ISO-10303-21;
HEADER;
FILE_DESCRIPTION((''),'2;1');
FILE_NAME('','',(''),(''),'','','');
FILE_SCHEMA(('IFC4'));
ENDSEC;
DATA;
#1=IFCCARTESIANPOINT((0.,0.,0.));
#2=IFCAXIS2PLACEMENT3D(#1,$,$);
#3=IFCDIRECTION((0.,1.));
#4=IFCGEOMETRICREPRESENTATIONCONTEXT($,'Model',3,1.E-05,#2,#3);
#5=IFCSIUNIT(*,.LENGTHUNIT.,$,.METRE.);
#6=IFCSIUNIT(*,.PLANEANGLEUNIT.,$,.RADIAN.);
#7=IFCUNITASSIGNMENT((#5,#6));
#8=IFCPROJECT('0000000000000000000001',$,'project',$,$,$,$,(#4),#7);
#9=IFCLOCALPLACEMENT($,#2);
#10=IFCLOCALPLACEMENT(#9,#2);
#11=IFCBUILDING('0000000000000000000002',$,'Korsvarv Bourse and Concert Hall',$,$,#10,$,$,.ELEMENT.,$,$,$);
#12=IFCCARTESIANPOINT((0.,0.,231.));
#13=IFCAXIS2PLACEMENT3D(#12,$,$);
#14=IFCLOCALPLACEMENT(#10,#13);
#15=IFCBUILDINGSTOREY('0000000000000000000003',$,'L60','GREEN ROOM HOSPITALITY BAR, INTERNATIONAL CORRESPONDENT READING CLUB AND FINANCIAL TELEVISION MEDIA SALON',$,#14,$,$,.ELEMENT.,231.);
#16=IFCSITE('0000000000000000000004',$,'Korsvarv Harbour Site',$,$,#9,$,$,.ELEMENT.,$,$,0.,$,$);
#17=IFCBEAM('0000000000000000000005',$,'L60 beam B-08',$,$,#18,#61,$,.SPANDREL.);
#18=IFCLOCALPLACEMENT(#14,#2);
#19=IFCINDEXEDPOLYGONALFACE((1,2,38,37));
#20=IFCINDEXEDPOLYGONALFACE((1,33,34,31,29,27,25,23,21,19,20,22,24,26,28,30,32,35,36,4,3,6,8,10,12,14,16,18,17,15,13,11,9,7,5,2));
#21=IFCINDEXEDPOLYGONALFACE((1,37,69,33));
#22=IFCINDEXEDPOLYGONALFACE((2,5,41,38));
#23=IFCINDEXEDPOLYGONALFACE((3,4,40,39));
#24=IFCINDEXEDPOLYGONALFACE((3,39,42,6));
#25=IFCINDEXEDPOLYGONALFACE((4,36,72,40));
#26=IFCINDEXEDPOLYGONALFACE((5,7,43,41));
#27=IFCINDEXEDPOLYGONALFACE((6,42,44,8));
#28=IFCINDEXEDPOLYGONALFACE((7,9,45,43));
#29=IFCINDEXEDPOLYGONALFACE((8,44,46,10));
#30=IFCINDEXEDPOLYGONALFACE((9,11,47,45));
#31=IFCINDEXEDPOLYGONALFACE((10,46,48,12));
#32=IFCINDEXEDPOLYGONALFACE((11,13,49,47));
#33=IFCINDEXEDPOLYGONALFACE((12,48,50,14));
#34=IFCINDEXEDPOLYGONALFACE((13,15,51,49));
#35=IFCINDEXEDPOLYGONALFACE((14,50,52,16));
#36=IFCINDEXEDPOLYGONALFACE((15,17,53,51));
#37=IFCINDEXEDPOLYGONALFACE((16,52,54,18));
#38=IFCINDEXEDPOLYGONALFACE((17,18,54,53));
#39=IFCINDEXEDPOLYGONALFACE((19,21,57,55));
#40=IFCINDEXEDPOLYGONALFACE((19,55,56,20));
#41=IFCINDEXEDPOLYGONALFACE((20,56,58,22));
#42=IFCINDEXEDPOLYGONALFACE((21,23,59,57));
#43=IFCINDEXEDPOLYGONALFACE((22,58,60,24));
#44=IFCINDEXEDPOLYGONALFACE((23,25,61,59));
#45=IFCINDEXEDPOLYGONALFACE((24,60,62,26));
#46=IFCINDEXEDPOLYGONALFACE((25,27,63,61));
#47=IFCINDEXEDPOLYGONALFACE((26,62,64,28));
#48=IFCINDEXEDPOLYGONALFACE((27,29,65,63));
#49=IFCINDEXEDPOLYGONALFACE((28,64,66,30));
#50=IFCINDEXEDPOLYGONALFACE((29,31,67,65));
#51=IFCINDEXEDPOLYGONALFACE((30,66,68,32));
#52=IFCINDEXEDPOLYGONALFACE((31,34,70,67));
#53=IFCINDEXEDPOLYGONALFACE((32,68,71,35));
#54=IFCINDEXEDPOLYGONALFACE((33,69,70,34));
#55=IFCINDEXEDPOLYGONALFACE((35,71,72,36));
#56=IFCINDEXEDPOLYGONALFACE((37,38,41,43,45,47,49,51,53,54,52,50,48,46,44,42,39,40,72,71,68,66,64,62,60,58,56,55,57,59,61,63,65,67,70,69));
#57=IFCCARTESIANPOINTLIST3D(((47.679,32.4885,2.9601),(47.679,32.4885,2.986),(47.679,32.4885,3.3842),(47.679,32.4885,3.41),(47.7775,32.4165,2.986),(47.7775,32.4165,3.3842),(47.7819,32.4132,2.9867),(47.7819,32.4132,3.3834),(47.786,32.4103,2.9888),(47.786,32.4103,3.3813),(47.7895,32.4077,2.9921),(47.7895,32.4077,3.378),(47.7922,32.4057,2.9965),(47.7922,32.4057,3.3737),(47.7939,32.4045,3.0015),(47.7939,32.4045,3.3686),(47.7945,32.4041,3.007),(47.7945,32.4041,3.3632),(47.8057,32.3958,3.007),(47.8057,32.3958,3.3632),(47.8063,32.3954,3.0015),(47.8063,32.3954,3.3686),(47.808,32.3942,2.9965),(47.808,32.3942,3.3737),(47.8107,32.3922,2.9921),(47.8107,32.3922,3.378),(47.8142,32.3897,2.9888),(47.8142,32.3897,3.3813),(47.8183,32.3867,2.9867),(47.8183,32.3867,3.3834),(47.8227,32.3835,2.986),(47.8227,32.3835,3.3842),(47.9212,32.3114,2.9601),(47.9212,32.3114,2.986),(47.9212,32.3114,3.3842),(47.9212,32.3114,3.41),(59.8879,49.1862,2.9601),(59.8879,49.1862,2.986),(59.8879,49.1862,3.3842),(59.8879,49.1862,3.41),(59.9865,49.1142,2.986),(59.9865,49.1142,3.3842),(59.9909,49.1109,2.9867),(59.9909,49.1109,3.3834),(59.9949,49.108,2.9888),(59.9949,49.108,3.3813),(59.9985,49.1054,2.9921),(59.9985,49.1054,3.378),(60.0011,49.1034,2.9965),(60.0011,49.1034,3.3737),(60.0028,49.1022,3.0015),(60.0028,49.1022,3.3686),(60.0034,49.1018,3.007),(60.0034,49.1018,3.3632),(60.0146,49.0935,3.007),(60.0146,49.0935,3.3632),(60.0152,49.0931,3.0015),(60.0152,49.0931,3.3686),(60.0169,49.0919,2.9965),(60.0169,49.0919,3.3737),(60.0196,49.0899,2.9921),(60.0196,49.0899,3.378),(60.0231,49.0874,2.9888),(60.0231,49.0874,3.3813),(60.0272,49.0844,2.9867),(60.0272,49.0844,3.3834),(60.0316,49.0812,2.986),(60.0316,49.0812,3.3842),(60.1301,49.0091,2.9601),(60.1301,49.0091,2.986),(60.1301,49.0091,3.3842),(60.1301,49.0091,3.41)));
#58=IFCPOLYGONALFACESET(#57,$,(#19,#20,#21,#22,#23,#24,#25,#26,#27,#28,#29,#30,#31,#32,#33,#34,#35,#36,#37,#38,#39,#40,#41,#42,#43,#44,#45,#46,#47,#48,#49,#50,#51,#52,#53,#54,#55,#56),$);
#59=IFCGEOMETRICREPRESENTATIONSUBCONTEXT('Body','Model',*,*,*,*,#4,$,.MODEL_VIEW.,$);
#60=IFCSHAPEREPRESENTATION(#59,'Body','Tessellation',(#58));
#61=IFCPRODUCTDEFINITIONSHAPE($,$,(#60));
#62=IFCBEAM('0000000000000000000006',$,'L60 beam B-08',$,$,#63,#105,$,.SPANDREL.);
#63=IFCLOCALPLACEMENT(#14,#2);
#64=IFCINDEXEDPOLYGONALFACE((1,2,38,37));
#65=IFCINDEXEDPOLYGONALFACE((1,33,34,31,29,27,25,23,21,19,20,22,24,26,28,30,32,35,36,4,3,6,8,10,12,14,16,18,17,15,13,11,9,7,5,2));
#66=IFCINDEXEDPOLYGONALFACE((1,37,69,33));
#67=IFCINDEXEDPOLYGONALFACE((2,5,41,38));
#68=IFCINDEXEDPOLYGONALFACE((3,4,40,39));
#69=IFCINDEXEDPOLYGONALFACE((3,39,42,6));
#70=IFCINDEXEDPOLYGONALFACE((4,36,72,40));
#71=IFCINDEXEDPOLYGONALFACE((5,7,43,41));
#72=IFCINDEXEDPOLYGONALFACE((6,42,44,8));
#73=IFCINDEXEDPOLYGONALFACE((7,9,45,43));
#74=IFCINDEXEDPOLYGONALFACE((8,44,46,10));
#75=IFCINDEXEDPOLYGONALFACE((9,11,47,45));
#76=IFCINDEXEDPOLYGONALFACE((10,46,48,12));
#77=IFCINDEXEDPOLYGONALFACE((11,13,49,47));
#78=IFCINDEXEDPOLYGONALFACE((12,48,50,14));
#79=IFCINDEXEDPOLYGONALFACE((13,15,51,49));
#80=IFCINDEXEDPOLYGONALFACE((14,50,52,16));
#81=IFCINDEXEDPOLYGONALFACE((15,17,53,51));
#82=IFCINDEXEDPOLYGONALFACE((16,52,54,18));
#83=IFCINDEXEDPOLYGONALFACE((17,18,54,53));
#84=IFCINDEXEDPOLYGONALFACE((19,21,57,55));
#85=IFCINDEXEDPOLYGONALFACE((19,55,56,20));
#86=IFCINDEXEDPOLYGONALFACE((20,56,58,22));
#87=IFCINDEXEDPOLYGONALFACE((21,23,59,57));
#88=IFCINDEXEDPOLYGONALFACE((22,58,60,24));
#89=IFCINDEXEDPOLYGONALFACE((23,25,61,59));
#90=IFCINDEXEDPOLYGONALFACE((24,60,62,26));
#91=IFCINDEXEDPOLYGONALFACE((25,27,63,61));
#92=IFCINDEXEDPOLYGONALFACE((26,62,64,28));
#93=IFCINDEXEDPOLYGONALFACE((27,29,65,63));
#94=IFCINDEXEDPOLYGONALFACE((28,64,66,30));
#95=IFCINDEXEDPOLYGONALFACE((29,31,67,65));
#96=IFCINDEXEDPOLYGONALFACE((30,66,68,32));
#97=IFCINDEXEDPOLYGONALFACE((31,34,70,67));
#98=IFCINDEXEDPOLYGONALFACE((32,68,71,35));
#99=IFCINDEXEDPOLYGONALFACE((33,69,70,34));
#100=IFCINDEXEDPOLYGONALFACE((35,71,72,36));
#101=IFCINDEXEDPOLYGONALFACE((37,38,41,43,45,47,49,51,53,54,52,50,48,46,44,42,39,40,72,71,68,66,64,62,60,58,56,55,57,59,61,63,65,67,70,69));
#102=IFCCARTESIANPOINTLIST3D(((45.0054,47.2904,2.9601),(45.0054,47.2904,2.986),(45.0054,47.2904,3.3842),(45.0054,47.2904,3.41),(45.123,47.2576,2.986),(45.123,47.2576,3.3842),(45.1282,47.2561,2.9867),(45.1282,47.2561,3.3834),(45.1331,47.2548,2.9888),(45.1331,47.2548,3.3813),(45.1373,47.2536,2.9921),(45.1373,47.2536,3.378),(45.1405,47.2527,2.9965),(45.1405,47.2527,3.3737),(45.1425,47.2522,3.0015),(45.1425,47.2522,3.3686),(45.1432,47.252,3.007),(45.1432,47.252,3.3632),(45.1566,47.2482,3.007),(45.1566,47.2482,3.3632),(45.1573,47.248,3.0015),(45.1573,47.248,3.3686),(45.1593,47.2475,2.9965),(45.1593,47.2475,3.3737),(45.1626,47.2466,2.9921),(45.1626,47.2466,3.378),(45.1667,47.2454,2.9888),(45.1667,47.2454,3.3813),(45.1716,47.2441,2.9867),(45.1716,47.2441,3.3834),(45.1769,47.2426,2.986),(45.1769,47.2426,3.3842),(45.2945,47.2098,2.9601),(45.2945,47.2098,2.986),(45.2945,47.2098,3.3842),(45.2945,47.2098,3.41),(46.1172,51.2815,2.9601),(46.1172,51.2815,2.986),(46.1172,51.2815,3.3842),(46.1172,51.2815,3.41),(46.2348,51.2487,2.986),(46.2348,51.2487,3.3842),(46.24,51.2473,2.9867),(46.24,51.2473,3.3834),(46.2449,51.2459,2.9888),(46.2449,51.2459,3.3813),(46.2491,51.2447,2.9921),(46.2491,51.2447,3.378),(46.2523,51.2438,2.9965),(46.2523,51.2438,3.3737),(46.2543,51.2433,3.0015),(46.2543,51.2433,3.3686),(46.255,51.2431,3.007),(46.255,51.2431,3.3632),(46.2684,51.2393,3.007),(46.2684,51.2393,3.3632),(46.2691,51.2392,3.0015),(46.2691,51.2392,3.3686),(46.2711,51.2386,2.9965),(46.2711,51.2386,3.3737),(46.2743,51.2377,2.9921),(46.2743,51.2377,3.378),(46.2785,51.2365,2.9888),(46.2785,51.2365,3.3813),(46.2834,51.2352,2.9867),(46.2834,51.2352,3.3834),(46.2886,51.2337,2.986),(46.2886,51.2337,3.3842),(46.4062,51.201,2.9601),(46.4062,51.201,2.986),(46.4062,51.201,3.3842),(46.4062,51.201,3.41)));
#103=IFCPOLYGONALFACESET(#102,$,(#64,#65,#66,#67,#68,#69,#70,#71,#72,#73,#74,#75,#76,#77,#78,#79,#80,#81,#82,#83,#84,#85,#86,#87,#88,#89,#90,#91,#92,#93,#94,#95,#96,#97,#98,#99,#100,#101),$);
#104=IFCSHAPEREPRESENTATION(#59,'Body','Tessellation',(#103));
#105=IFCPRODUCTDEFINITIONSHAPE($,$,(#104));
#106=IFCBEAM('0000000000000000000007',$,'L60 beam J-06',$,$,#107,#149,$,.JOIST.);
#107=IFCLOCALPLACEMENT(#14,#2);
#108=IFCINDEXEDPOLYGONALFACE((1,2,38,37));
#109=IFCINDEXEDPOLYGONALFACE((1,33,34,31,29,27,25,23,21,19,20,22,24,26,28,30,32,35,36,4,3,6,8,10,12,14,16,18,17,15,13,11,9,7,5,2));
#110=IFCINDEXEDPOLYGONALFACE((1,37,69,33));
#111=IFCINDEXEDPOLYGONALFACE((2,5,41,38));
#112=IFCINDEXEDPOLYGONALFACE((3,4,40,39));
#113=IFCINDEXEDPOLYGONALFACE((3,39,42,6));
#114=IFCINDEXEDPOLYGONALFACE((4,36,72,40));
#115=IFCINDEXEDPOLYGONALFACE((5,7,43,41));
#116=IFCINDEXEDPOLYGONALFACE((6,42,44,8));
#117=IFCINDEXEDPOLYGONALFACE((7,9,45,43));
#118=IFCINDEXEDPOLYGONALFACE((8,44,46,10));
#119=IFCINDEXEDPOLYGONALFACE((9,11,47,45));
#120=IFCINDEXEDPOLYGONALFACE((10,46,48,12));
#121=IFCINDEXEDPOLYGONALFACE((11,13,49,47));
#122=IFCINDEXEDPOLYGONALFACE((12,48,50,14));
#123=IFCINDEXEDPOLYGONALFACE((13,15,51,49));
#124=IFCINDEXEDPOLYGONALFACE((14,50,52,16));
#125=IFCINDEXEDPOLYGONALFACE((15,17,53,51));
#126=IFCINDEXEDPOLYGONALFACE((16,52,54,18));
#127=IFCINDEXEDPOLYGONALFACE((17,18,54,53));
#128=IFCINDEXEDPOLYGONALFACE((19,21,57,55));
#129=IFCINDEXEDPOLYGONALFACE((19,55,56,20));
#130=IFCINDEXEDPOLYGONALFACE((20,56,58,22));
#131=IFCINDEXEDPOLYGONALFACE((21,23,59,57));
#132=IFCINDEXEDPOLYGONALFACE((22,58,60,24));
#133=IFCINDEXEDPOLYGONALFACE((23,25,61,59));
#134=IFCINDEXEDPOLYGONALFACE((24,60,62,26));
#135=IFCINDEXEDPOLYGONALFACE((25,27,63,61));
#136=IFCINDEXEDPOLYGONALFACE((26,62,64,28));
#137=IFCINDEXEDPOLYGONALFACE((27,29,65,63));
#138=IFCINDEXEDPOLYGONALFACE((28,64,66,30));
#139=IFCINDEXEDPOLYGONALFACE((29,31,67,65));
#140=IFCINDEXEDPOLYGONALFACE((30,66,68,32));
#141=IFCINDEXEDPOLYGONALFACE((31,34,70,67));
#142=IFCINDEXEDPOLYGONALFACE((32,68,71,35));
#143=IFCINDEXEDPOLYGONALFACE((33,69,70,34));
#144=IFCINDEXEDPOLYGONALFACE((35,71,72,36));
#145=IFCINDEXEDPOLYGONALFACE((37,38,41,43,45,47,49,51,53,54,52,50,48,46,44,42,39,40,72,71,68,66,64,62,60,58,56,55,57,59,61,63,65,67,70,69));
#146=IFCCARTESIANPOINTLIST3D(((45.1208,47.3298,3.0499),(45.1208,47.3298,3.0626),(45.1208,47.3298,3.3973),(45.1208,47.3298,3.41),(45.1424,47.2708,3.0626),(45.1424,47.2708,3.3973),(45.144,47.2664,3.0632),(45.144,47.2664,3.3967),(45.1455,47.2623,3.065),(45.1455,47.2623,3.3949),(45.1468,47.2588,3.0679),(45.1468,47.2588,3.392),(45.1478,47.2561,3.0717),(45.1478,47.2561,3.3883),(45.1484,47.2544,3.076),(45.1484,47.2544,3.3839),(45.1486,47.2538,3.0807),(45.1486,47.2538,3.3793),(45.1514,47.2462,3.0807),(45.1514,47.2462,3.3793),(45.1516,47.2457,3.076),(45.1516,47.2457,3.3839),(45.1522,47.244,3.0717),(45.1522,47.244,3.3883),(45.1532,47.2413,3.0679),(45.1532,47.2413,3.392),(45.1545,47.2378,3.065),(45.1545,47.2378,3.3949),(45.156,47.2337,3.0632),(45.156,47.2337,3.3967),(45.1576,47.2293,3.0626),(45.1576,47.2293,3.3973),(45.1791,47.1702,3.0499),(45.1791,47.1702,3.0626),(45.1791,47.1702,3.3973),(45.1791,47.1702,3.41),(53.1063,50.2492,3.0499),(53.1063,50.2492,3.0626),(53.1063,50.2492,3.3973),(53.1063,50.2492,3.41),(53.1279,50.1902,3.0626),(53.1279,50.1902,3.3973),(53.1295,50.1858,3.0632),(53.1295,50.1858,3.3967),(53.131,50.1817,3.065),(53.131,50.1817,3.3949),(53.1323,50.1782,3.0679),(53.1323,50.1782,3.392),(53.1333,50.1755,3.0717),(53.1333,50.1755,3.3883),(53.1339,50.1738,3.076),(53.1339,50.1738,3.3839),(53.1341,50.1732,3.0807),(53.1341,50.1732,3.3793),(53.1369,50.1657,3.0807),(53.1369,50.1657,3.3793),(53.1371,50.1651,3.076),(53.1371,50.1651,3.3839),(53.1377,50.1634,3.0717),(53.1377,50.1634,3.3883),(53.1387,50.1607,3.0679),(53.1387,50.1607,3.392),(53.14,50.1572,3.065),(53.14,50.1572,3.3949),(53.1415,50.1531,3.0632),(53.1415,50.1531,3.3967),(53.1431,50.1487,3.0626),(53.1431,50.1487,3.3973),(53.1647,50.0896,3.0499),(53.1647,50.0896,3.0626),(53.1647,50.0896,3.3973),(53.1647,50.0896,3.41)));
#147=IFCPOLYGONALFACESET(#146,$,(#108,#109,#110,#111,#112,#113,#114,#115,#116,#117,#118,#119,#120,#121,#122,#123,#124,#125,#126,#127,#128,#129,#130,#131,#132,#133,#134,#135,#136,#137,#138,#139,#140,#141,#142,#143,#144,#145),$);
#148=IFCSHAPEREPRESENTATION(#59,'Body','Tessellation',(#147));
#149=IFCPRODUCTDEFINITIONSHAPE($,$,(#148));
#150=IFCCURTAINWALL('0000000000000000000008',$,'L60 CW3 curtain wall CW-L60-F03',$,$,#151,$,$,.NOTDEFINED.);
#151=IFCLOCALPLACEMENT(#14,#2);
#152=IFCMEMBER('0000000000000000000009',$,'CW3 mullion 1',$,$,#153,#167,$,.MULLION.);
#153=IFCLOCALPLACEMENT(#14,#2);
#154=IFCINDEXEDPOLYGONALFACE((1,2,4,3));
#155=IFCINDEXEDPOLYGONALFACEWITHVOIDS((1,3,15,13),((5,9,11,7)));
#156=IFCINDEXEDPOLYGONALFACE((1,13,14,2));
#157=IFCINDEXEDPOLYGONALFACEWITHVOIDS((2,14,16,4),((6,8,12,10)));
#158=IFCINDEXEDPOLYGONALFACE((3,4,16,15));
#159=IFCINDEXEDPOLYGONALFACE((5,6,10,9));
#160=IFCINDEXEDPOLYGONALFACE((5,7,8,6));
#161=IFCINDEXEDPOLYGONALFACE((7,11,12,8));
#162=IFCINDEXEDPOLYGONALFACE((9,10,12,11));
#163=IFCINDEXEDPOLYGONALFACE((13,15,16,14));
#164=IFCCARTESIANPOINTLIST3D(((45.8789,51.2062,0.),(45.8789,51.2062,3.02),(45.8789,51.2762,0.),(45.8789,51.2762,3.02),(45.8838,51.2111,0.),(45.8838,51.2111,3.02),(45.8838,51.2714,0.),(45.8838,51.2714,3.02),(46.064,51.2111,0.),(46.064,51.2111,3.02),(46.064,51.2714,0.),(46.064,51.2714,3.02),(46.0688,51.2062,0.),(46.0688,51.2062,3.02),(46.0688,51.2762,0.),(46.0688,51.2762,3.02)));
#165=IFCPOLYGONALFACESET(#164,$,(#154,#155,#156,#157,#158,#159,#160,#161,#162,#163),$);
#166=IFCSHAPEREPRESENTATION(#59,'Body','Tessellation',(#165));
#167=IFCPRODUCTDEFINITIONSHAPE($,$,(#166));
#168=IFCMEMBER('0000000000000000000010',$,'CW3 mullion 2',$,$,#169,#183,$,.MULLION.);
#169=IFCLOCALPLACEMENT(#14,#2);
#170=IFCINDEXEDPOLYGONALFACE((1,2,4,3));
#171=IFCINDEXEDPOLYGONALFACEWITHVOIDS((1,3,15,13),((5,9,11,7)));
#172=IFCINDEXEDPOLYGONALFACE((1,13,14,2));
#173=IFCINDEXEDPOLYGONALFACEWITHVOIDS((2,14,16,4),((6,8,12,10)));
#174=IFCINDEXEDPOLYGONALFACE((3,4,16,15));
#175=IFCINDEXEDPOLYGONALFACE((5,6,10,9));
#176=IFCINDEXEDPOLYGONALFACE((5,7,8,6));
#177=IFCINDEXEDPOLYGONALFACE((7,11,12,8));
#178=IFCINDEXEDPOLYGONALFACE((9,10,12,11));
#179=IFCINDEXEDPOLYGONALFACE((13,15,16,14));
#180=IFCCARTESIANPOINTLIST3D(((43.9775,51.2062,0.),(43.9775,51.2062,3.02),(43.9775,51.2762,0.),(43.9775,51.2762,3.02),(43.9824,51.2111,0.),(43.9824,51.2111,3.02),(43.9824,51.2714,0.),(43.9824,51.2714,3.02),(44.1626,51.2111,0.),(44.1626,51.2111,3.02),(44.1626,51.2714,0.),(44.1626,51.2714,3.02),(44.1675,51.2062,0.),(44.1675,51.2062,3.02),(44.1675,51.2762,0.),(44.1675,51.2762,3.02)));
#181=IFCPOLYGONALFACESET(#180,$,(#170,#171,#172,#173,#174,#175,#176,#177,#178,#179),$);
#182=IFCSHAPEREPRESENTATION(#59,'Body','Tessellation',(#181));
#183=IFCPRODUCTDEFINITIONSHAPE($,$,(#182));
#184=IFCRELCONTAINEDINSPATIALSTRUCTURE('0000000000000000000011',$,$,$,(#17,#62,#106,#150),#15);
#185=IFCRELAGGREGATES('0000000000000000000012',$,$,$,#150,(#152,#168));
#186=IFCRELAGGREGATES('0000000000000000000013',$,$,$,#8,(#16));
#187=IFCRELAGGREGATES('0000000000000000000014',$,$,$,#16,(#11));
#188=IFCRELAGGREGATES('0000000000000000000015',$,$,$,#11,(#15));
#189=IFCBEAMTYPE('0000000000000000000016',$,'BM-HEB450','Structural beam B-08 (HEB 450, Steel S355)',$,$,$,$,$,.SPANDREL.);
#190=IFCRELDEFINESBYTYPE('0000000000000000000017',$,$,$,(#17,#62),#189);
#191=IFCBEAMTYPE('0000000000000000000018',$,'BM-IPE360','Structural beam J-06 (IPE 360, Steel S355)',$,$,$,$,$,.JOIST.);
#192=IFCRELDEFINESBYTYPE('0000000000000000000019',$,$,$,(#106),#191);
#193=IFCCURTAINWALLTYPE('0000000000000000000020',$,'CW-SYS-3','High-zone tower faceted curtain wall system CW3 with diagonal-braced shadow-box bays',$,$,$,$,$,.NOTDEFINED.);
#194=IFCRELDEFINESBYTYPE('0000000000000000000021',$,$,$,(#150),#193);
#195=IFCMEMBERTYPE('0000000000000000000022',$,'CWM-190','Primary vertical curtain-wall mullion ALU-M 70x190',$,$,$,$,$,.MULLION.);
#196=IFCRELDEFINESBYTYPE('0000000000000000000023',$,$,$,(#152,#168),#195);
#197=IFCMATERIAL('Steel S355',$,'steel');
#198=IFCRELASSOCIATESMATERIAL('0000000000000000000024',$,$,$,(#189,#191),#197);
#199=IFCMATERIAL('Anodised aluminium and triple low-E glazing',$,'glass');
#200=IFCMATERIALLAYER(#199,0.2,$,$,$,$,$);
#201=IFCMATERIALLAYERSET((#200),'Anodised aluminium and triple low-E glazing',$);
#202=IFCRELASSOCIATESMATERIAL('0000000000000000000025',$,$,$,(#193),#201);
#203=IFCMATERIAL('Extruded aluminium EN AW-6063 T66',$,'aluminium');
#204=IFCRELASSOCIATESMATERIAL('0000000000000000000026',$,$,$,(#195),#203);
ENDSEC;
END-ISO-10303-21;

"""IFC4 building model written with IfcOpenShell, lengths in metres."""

from ifc_helpers import new_model, si_unit, direction, frame, origin, origin_2d, place, context, subcontext, project, spatial, hollow_rectangle, i_section, extrude, source, transform, mapped, material, layer, layer_set, material_profile, profile_set, type_object, element, aggregate, save


model = new_model("IFC4")

# Units and contexts
model_context = context("Model", 3, precision=1e-05, world=origin(), true_north=direction((0.0, 1.0)))
body_context = subcontext(model_context, "Body", "Model", "MODEL_VIEW")
ifc_project = project(units=[si_unit("LENGTHUNIT", "METRE"), si_unit("PLANEANGLEUNIT", "RADIAN")], contexts=[model_context])

# Site, building, storey
site_placement = place(None, origin())
site = spatial("IfcSite", under=ifc_project, at=site_placement, Name="Korsvarv Harbour Site", CompositionType="ELEMENT", RefElevation=0.0)
building_placement = place(site_placement, origin())
building = spatial("IfcBuilding", under=site, at=building_placement, Name="Korsvarv Bourse and Concert Hall", CompositionType="ELEMENT")
storey_placement = place(building_placement, frame((0.0, 0.0, 231.0)))
storey = spatial("IfcBuildingStorey", under=building, at=storey_placement, Name="L60", Description="GREEN ROOM HOSPITALITY BAR, INTERNATIONAL CORRESPONDENT READING CLUB AND FINANCIAL TELEVISION MEDIA SALON", CompositionType="ELEMENT", Elevation=231.0)

# Shared definitions
ifc_material_1 = material(Name="Steel S355", Category="steel")

# Beams
ifc_material_profile_1 = material_profile(ifc_material_1, i_section(OverallWidth=0.3, OverallDepth=0.45, WebThickness=0.0139, FlangeThickness=0.0259, FilletRadius=0.021, at=origin_2d()), Name="HEB 450")
ifc_profile_set_1 = profile_set([ifc_material_profile_1], Name="Steel S355")
beam_type_1 = type_object("IfcBeamType", Name="BM-HEB450", Description="Structural beam B-08 (HEB 450, Steel S355)", PredefinedType="SPANDREL", material=ifc_profile_set_1)
shared_shape_1 = source(origin(), body_context, "Body", "SweptSolid", [
    extrude(i_section(OverallWidth=0.3, OverallDepth=0.45, WebThickness=0.0139, FlangeThickness=0.0259, FilletRadius=0.021, at=origin_2d()), origin(), (0.0, 0.0, 1.0), 20.6851),
])
beam_1_placement = place(storey_placement, frame((60.009, 49.0977, 3.1851), z_axis=(-0.59023, -0.807235, 0.0), x_axis=(0.807235, -0.59023, 0.0)))
element("IfcBeam", 1, at=beam_1_placement, inside=storey, type_object=beam_type_1, Name="L60 beam B-08", PredefinedType="SPANDREL", context=body_context, shape_type="MappedRepresentation", body=[
    mapped(shared_shape_1, transform((0.0, 0.0, 0.0), scale=1.0)),
])
shared_shape_2 = source(origin(), body_context, "Body", "SweptSolid", [
    extrude(i_section(OverallWidth=0.3, OverallDepth=0.45, WebThickness=0.0139, FlangeThickness=0.0259, FilletRadius=0.021, at=origin_2d()), origin(), (0.0, 0.0, 1.0), 4.1431),
])
beam_2_placement = place(storey_placement, frame((46.2617, 51.2412, 3.1851), z_axis=(-0.268349, -0.963322, 0.0), x_axis=(0.963322, -0.268349, 0.0)))
element("IfcBeam", 2, at=beam_2_placement, inside=storey, type_object=beam_type_1, Name="L60 beam B-08", PredefinedType="SPANDREL", context=body_context, shape_type="MappedRepresentation", body=[
    mapped(shared_shape_2, transform((0.0, 0.0, 0.0), scale=1.0)),
])
ifc_material_profile_2 = material_profile(ifc_material_1, i_section(OverallWidth=0.1699, OverallDepth=0.3601, WebThickness=0.0081, FlangeThickness=0.0127, FilletRadius=0.0181, at=origin_2d()), Name="IPE 360")
ifc_profile_set_2 = profile_set([ifc_material_profile_2], Name="Steel S355")
beam_type_2 = type_object("IfcBeamType", Name="BM-IPE360", Description="Structural beam J-06 (IPE 360, Steel S355)", PredefinedType="JOIST", material=ifc_profile_set_2)
shared_shape_3 = source(origin(), body_context, "Body", "SweptSolid", [
    extrude(i_section(OverallWidth=0.1699, OverallDepth=0.3601, WebThickness=0.0081, FlangeThickness=0.0127, FilletRadius=0.0181, at=origin_2d()), origin(), (0.0, 0.0, 1.0), 8.5024),
])
beam_3_placement = place(storey_placement, frame((53.1355, 50.1694, 3.23), z_axis=(-0.939203, -0.343361, 0.0), x_axis=(0.343361, -0.939203, 0.0)))
element("IfcBeam", 3, at=beam_3_placement, inside=storey, type_object=beam_type_2, Name="L60 beam J-06", PredefinedType="JOIST", context=body_context, shape_type="MappedRepresentation", body=[
    mapped(shared_shape_3, transform((0.0, 0.0, 0.0), scale=1.0)),
])

# Curtain wall, members
ifc_material_2 = material(Name="Anodised aluminium and triple low-E glazing", Category="glass")
ifc_layer_1 = layer(ifc_material_2, 0.2)
ifc_layer_set_1 = layer_set([ifc_layer_1], Name="Anodised aluminium and triple low-E glazing")
curtain_wall_type = type_object("IfcCurtainWallType", Name="CW-SYS-3", Description="High-zone tower faceted curtain wall system CW3 with diagonal-braced shadow-box bays", PredefinedType="NOTDEFINED", material=ifc_layer_set_1)
curtain_wall_placement = place(storey_placement, origin())
curtain_wall = element("IfcCurtainWall", 4, at=curtain_wall_placement, inside=storey, type_object=curtain_wall_type, Name="L60 CW3 curtain wall CW-L60-F03", PredefinedType="NOTDEFINED")
ifc_material_3 = material(Name="Extruded aluminium EN AW-6063 T66", Category="aluminium")
ifc_material_profile_3 = material_profile(ifc_material_3, hollow_rectangle(XDim=0.0701, YDim=0.1899, WallThickness=0.0049, at=origin_2d()), Name="ALU-M 70x190")
ifc_profile_set_3 = profile_set([ifc_material_profile_3], Name="Extruded aluminium EN AW-6063 T66")
member_type_1 = type_object("IfcMemberType", Name="CWM-190", Description="Primary vertical curtain-wall mullion ALU-M 70x190", PredefinedType="MULLION", material=ifc_profile_set_3)
shared_shape_4 = source(origin(), body_context, "Body", "SweptSolid", [
    extrude(hollow_rectangle(XDim=0.0701, YDim=0.1899, WallThickness=0.0049, at=origin_2d()), origin(), (0.0, 0.0, 1.0), 3.02),
])
member_1_placement = place(storey_placement, frame((45.9739, 51.2412, 0.0), z_axis=(0.0, 0.0, 1.0), x_axis=(0.0, -1.0, 0.0)))
member_1 = element("IfcMember", 5, at=member_1_placement, type_object=member_type_1, Name="CW3 mullion 1", PredefinedType="MULLION", context=body_context, shape_type="MappedRepresentation", body=[
    mapped(shared_shape_4, transform((0.0, 0.0, 0.0), scale=1.0)),
])
member_2_placement = place(storey_placement, frame((44.0725, 51.2412, 0.0), z_axis=(0.0, 0.0, 1.0), x_axis=(0.0, -1.0, 0.0)))
member_2 = element("IfcMember", 6, at=member_2_placement, type_object=member_type_1, Name="CW3 mullion 2", PredefinedType="MULLION", context=body_context, shape_type="MappedRepresentation", body=[
    mapped(shared_shape_4, transform((0.0, 0.0, 0.0), scale=1.0)),
])
aggregate(curtain_wall, [member_1, member_2])

save(model, "model.ifc")
